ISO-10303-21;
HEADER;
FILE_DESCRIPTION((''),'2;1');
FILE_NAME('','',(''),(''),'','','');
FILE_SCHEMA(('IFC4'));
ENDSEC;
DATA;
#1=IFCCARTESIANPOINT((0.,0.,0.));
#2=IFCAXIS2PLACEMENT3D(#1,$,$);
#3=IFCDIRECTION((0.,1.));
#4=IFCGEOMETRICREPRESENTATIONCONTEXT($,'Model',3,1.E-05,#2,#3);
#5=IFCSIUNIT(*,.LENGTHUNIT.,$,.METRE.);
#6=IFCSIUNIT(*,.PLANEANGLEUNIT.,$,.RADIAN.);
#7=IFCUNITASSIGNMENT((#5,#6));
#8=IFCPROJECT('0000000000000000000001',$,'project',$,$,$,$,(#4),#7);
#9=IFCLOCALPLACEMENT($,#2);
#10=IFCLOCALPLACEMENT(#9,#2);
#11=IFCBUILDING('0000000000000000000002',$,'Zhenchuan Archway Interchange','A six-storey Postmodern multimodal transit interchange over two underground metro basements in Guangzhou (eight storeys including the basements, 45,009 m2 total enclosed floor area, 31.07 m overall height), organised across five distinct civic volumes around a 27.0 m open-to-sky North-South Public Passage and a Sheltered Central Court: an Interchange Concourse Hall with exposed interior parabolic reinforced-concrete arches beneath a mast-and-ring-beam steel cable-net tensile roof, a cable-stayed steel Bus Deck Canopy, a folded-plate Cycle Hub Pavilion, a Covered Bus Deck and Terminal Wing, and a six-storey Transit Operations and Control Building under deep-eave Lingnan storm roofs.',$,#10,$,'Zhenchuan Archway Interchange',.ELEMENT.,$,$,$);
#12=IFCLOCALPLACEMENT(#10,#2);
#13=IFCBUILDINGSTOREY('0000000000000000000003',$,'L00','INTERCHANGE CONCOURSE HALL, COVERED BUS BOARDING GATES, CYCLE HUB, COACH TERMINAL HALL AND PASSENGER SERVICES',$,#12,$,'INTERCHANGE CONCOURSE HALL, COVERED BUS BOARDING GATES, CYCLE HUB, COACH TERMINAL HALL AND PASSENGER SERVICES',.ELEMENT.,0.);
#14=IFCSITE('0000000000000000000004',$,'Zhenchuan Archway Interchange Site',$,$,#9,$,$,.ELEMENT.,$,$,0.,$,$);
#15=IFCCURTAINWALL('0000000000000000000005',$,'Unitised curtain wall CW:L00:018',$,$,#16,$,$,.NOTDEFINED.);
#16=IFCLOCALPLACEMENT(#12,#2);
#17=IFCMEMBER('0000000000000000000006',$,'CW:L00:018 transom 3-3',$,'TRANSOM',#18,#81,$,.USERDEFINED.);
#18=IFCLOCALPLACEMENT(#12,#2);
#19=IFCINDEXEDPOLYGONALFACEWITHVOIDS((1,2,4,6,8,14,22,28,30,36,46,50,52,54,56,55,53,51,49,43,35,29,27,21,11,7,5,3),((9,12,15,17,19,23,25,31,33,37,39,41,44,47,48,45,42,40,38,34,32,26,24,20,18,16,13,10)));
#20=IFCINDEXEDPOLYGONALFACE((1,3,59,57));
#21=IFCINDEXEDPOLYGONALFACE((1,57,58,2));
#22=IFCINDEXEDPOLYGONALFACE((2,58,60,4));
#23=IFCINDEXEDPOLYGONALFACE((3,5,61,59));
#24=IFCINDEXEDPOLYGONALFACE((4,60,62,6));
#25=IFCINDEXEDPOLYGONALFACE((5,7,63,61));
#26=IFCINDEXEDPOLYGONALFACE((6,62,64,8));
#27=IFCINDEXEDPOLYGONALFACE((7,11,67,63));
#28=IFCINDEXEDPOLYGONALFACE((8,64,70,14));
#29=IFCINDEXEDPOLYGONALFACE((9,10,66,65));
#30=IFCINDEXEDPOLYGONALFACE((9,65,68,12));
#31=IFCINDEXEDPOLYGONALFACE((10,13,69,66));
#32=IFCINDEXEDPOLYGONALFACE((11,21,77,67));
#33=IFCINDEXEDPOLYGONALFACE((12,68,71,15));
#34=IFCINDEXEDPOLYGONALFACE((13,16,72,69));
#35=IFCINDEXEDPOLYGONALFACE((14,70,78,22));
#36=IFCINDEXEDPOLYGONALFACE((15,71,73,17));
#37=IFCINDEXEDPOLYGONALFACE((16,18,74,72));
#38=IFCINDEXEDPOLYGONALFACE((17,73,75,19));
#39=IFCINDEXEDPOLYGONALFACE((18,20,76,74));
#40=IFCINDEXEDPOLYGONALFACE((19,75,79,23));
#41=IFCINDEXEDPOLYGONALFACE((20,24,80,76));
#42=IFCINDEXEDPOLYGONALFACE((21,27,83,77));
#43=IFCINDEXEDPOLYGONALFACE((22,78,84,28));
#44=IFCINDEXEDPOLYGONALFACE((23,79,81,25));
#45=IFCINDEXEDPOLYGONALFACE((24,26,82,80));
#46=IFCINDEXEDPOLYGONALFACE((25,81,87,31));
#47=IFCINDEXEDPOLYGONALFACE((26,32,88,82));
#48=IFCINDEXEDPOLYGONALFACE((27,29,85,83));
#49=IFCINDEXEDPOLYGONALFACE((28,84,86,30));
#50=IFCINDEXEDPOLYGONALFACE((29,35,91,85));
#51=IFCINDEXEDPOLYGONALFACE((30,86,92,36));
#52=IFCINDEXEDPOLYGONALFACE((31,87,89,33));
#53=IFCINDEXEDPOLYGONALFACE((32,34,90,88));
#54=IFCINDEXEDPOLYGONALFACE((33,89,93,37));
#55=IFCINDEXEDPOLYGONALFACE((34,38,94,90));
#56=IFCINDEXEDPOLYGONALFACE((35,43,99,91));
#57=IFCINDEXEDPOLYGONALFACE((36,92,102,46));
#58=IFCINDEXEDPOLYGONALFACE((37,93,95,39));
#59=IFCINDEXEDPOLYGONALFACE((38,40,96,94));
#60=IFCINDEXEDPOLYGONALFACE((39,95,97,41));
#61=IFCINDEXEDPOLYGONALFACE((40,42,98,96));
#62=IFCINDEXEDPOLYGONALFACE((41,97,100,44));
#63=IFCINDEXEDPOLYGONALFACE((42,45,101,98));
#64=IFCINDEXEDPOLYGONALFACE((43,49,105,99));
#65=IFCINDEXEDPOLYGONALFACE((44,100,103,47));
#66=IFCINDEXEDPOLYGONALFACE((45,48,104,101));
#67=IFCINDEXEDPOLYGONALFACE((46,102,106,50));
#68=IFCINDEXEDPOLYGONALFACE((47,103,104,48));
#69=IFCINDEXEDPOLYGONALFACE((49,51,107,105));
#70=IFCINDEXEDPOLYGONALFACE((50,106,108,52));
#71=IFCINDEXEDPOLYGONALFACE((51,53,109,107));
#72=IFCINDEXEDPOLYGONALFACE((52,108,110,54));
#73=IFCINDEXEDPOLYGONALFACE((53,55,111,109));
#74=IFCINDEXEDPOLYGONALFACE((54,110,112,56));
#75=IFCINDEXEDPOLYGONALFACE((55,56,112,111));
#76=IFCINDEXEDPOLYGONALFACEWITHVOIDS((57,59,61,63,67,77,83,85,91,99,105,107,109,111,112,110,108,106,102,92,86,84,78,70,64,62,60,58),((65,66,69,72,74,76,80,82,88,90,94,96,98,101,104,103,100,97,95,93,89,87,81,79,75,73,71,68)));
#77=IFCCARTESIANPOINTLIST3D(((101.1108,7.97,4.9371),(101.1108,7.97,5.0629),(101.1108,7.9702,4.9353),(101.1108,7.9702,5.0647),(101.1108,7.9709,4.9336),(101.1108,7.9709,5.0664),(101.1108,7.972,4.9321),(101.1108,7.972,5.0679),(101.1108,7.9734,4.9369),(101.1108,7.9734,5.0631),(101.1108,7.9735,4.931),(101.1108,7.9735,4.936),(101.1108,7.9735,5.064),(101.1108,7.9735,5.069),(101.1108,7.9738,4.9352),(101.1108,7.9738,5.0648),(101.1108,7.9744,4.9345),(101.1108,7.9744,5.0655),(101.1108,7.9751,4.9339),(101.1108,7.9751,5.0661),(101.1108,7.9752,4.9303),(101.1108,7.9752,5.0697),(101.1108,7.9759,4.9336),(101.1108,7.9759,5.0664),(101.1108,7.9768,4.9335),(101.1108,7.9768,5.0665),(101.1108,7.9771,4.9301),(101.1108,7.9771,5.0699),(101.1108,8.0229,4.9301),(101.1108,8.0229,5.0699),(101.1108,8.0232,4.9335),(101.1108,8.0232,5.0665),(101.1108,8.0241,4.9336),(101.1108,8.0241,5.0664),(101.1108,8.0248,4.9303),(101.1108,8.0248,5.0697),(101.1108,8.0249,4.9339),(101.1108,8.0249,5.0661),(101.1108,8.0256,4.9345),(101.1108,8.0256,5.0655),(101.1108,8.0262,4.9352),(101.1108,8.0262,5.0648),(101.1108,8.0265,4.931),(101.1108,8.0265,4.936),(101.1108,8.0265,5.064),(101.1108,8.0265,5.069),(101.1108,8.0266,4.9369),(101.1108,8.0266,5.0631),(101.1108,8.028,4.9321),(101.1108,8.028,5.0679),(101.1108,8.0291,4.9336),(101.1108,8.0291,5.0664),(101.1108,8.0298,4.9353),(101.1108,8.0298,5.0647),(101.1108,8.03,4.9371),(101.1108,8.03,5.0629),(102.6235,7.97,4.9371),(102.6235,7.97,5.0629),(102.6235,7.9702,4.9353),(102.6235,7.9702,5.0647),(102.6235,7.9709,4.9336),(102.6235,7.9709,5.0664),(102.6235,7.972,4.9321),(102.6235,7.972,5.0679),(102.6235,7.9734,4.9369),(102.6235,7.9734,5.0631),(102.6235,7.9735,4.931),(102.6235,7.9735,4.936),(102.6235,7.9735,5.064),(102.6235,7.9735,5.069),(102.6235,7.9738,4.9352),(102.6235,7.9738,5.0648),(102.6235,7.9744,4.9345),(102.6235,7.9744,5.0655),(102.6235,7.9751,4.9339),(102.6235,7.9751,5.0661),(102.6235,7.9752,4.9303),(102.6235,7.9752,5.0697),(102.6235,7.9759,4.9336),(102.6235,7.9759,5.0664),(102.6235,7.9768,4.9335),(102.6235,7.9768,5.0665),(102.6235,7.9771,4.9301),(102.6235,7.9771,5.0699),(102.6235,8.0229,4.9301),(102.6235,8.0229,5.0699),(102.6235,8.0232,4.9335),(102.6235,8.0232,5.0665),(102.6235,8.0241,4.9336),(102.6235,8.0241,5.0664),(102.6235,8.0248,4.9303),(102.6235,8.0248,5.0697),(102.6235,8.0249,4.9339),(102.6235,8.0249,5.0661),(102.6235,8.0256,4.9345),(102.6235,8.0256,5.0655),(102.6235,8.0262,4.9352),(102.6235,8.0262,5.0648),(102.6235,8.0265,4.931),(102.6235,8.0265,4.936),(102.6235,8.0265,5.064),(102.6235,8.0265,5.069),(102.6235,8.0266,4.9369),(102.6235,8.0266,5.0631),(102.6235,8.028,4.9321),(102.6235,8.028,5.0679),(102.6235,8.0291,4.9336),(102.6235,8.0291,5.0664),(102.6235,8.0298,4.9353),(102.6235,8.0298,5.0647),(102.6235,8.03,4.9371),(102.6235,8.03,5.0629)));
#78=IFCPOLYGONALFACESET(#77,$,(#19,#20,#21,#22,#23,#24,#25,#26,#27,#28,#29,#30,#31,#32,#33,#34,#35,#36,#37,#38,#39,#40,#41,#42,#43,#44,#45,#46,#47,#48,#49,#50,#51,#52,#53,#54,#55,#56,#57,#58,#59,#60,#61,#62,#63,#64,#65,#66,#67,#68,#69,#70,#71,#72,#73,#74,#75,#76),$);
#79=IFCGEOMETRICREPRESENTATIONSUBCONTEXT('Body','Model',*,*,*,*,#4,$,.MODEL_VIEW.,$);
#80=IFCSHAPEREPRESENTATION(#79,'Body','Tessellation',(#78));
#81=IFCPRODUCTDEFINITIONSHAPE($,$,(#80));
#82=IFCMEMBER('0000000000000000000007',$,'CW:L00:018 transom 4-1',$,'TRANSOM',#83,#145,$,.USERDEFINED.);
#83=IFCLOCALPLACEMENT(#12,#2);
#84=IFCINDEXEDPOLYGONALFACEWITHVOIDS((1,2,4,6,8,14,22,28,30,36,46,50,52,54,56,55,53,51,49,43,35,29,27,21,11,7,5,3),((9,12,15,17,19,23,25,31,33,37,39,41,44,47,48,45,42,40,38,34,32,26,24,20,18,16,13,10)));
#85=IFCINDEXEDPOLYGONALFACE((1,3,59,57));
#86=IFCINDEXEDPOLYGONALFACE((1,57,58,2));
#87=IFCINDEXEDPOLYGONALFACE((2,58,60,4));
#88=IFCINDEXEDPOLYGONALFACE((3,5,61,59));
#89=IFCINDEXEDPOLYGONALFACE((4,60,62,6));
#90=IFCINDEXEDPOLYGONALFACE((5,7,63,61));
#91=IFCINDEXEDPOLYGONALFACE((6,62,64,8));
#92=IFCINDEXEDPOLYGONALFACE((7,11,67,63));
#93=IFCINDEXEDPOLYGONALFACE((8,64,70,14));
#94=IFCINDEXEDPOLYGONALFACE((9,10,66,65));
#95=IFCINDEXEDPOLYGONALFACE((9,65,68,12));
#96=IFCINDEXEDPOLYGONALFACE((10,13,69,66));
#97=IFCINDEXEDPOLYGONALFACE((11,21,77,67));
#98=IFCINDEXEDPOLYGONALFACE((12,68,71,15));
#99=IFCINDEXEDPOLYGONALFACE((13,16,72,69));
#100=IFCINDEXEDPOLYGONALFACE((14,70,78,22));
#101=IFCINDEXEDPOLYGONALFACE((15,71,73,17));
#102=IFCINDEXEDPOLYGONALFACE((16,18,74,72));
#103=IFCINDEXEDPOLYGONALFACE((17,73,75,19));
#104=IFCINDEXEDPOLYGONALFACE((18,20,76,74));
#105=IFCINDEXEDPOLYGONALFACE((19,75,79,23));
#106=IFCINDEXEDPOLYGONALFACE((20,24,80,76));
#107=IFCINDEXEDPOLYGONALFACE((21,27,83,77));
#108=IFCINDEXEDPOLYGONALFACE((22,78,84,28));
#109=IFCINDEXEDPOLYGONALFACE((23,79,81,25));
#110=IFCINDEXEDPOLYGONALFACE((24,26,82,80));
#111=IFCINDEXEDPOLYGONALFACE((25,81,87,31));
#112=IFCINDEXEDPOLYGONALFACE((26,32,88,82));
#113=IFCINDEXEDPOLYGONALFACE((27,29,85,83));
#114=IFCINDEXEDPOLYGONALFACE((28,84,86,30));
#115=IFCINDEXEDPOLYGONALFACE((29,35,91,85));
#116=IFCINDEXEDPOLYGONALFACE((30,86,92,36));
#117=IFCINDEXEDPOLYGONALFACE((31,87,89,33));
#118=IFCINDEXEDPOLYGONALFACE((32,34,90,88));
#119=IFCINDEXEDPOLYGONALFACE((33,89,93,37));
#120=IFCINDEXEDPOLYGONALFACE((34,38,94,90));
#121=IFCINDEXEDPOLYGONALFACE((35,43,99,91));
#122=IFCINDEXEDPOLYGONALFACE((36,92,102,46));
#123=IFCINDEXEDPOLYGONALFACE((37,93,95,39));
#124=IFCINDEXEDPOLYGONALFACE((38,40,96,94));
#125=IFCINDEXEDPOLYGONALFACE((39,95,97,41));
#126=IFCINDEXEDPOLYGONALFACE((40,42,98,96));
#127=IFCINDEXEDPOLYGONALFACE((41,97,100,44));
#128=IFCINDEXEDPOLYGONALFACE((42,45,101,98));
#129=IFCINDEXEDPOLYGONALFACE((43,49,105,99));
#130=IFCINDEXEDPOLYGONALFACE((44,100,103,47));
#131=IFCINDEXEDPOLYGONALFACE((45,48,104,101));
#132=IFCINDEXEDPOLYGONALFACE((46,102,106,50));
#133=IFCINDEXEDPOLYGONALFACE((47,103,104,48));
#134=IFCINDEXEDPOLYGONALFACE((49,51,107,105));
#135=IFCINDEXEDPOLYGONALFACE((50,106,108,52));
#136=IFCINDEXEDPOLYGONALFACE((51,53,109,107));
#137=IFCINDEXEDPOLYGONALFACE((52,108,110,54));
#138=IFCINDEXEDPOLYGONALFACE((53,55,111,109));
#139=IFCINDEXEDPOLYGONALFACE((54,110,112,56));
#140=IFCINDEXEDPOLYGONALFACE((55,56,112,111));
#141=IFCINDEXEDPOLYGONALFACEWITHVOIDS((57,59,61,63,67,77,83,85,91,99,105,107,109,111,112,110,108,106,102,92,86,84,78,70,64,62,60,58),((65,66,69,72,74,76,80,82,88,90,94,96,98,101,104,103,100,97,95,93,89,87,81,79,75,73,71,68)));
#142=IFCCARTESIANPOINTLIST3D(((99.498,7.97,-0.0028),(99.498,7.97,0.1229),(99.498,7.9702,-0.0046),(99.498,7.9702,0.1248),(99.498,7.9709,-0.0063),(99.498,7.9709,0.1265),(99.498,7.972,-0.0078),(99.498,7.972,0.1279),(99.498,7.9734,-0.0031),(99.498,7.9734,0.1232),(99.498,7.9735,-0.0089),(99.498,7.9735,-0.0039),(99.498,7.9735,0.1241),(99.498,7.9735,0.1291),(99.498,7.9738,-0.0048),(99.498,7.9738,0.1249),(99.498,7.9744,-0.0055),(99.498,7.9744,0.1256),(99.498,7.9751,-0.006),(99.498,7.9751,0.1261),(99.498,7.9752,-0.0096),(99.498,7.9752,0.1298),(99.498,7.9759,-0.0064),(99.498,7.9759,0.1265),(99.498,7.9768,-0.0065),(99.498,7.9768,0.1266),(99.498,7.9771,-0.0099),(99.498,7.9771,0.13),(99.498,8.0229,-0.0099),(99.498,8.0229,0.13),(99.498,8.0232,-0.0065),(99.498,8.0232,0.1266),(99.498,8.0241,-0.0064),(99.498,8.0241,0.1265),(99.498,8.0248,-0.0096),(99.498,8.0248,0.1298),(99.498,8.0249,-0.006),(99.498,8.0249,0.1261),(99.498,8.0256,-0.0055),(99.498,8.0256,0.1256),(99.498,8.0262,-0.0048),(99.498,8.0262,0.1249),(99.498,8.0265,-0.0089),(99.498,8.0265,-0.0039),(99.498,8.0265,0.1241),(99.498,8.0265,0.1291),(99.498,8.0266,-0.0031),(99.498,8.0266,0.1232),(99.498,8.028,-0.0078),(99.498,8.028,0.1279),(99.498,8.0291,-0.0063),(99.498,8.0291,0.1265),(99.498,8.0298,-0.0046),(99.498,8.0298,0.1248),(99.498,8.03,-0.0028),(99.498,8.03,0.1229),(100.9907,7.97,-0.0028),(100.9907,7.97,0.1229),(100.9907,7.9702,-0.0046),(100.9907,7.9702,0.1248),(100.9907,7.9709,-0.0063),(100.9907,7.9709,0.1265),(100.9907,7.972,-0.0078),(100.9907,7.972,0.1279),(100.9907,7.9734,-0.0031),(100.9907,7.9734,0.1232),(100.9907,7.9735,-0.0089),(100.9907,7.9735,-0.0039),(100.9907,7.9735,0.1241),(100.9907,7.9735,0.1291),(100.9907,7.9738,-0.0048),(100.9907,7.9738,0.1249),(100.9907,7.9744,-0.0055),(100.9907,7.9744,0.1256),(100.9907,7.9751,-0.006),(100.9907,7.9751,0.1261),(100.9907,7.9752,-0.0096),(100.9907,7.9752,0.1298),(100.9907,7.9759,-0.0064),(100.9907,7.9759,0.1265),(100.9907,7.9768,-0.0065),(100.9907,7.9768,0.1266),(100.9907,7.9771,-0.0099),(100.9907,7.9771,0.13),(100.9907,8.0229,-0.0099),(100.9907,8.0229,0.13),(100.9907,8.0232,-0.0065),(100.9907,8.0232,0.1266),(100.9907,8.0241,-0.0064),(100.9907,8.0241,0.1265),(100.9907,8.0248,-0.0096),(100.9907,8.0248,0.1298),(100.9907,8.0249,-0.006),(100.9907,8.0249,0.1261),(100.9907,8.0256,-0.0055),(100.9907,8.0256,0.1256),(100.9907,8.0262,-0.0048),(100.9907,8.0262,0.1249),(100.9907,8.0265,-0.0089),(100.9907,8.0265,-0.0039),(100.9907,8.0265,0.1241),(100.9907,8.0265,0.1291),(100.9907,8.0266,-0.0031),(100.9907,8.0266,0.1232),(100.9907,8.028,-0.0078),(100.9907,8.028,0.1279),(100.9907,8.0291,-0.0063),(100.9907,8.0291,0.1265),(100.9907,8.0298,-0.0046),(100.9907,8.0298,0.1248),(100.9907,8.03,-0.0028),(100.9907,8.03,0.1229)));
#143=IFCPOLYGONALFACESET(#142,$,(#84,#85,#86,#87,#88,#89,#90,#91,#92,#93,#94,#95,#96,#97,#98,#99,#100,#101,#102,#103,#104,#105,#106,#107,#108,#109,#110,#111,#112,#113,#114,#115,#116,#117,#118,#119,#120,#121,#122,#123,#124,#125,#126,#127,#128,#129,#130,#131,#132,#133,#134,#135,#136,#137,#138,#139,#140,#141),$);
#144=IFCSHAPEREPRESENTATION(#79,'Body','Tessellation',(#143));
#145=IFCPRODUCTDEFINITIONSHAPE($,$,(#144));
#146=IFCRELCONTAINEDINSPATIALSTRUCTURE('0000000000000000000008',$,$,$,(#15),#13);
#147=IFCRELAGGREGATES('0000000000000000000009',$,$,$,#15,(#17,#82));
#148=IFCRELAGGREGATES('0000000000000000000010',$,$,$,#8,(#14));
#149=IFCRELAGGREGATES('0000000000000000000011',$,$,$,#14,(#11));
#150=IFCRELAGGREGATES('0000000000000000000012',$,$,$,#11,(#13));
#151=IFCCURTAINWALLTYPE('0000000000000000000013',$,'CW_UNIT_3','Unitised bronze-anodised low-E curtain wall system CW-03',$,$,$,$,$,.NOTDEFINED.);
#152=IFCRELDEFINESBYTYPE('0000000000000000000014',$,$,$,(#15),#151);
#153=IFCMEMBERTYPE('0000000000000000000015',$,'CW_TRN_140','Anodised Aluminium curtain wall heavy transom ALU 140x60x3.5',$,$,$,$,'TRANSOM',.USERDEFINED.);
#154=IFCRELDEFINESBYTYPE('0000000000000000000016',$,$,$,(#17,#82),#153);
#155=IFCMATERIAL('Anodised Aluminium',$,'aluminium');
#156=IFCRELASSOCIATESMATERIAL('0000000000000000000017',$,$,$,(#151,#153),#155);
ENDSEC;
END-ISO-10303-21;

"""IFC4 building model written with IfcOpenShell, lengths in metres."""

from ifc_helpers import new_model, si_unit, direction, frame, origin, origin_2d, place, context, subcontext, project, spatial, hollow_rectangle, extrude, material, material_profile, profile_set, type_object, element, aggregate, save


model = new_model("IFC4")

# Units and contexts
model_context = context("Model", 3, precision=1e-05, world=origin(), true_north=direction((0.0, 1.0)))
body_context = subcontext(model_context, "Body", "Model", "MODEL_VIEW")
ifc_project = project(units=[si_unit("LENGTHUNIT", "METRE"), si_unit("PLANEANGLEUNIT", "RADIAN")], contexts=[model_context])

# Site, building, storey
site_placement = place(None, origin())
site = spatial("IfcSite", under=ifc_project, at=site_placement, Name="Zhenchuan Archway Interchange Site", CompositionType="ELEMENT", RefElevation=0.0)
building_placement = place(site_placement, origin())
building = spatial("IfcBuilding", under=site, at=building_placement, Name="Zhenchuan Archway Interchange", Description="A six-storey Postmodern multimodal transit interchange over two underground metro basements in Guangzhou (eight storeys including the basements, 45,009 m2 total enclosed floor area, 31.07 m overall height), organised across five distinct civic volumes around a 27.0 m open-to-sky North-South Public Passage and a Sheltered Central Court: an Interchange Concourse Hall with exposed interior parabolic reinforced-concrete arches beneath a mast-and-ring-beam steel cable-net tensile roof, a cable-stayed steel Bus Deck Canopy, a folded-plate Cycle Hub Pavilion, a Covered Bus Deck and Terminal Wing, and a six-storey Transit Operations and Control Building under deep-eave Lingnan storm roofs.", LongName="Zhenchuan Archway Interchange", CompositionType="ELEMENT")
storey_placement = place(building_placement, origin())
storey = spatial("IfcBuildingStorey", under=building, at=storey_placement, Name="L00", Description="INTERCHANGE CONCOURSE HALL, COVERED BUS BOARDING GATES, CYCLE HUB, COACH TERMINAL HALL AND PASSENGER SERVICES", LongName="INTERCHANGE CONCOURSE HALL, COVERED BUS BOARDING GATES, CYCLE HUB, COACH TERMINAL HALL AND PASSENGER SERVICES", CompositionType="ELEMENT", Elevation=0.0)

# Curtain wall, members
ifc_material_1 = material(Name="Anodised Aluminium", Category="aluminium")
curtain_wall_type = type_object("IfcCurtainWallType", Name="CW_UNIT_3", Description="Unitised bronze-anodised low-E curtain wall system CW-03", PredefinedType="NOTDEFINED", material=ifc_material_1)
curtain_wall_placement = place(storey_placement, origin())
curtain_wall = element("IfcCurtainWall", 1, at=curtain_wall_placement, inside=storey, type_object=curtain_wall_type, Name="Unitised curtain wall CW:L00:018", PredefinedType="NOTDEFINED")
ifc_material_profile_1 = material_profile(ifc_material_1, hollow_rectangle(XDim=0.0601, YDim=0.1399, WallThickness=0.0034, InnerFilletRadius=0.0034, OuterFilletRadius=0.0071, at=origin_2d()), Name="ALU 140x60x3.5")
ifc_profile_set_1 = profile_set([ifc_material_profile_1], Name="Anodised Aluminium")
member_type_1 = type_object("IfcMemberType", Name="CW_TRN_140", Description="Anodised Aluminium curtain wall heavy transom ALU 140x60x3.5", ElementType="TRANSOM", PredefinedType="USERDEFINED", material=ifc_profile_set_1)
member_1_placement = place(storey_placement, frame((102.6235, 8.0, 5.0), z_axis=(-1.0, 0.0, 0.0), x_axis=(0.0, -1.0, 0.0)))
member_1 = element("IfcMember", 2, at=member_1_placement, type_object=member_type_1, Name="CW:L00:018 transom 3-3", ObjectType="TRANSOM", PredefinedType="USERDEFINED", context=body_context, shape_type="SweptSolid", body=[
    extrude(hollow_rectangle(XDim=0.0601, YDim=0.1399, WallThickness=0.0034, InnerFilletRadius=0.0034, OuterFilletRadius=0.0071, at=origin_2d()), origin(), (0.0, 0.0, 1.0), 1.5127),
])
member_2_placement = place(storey_placement, frame((100.9907, 8.0, 0.0601), z_axis=(-1.0, 0.0, 0.0), x_axis=(0.0, -1.0, 0.0)))
member_2 = element("IfcMember", 3, at=member_2_placement, type_object=member_type_1, Name="CW:L00:018 transom 4-1", ObjectType="TRANSOM", PredefinedType="USERDEFINED", context=body_context, shape_type="SweptSolid", body=[
    extrude(hollow_rectangle(XDim=0.0601, YDim=0.1399, WallThickness=0.0034, InnerFilletRadius=0.0034, OuterFilletRadius=0.0071, at=origin_2d()), origin(), (0.0, 0.0, 1.0), 1.4927),
])

aggregate(curtain_wall, [member_1, member_2])

save(model, "model.ifc")
